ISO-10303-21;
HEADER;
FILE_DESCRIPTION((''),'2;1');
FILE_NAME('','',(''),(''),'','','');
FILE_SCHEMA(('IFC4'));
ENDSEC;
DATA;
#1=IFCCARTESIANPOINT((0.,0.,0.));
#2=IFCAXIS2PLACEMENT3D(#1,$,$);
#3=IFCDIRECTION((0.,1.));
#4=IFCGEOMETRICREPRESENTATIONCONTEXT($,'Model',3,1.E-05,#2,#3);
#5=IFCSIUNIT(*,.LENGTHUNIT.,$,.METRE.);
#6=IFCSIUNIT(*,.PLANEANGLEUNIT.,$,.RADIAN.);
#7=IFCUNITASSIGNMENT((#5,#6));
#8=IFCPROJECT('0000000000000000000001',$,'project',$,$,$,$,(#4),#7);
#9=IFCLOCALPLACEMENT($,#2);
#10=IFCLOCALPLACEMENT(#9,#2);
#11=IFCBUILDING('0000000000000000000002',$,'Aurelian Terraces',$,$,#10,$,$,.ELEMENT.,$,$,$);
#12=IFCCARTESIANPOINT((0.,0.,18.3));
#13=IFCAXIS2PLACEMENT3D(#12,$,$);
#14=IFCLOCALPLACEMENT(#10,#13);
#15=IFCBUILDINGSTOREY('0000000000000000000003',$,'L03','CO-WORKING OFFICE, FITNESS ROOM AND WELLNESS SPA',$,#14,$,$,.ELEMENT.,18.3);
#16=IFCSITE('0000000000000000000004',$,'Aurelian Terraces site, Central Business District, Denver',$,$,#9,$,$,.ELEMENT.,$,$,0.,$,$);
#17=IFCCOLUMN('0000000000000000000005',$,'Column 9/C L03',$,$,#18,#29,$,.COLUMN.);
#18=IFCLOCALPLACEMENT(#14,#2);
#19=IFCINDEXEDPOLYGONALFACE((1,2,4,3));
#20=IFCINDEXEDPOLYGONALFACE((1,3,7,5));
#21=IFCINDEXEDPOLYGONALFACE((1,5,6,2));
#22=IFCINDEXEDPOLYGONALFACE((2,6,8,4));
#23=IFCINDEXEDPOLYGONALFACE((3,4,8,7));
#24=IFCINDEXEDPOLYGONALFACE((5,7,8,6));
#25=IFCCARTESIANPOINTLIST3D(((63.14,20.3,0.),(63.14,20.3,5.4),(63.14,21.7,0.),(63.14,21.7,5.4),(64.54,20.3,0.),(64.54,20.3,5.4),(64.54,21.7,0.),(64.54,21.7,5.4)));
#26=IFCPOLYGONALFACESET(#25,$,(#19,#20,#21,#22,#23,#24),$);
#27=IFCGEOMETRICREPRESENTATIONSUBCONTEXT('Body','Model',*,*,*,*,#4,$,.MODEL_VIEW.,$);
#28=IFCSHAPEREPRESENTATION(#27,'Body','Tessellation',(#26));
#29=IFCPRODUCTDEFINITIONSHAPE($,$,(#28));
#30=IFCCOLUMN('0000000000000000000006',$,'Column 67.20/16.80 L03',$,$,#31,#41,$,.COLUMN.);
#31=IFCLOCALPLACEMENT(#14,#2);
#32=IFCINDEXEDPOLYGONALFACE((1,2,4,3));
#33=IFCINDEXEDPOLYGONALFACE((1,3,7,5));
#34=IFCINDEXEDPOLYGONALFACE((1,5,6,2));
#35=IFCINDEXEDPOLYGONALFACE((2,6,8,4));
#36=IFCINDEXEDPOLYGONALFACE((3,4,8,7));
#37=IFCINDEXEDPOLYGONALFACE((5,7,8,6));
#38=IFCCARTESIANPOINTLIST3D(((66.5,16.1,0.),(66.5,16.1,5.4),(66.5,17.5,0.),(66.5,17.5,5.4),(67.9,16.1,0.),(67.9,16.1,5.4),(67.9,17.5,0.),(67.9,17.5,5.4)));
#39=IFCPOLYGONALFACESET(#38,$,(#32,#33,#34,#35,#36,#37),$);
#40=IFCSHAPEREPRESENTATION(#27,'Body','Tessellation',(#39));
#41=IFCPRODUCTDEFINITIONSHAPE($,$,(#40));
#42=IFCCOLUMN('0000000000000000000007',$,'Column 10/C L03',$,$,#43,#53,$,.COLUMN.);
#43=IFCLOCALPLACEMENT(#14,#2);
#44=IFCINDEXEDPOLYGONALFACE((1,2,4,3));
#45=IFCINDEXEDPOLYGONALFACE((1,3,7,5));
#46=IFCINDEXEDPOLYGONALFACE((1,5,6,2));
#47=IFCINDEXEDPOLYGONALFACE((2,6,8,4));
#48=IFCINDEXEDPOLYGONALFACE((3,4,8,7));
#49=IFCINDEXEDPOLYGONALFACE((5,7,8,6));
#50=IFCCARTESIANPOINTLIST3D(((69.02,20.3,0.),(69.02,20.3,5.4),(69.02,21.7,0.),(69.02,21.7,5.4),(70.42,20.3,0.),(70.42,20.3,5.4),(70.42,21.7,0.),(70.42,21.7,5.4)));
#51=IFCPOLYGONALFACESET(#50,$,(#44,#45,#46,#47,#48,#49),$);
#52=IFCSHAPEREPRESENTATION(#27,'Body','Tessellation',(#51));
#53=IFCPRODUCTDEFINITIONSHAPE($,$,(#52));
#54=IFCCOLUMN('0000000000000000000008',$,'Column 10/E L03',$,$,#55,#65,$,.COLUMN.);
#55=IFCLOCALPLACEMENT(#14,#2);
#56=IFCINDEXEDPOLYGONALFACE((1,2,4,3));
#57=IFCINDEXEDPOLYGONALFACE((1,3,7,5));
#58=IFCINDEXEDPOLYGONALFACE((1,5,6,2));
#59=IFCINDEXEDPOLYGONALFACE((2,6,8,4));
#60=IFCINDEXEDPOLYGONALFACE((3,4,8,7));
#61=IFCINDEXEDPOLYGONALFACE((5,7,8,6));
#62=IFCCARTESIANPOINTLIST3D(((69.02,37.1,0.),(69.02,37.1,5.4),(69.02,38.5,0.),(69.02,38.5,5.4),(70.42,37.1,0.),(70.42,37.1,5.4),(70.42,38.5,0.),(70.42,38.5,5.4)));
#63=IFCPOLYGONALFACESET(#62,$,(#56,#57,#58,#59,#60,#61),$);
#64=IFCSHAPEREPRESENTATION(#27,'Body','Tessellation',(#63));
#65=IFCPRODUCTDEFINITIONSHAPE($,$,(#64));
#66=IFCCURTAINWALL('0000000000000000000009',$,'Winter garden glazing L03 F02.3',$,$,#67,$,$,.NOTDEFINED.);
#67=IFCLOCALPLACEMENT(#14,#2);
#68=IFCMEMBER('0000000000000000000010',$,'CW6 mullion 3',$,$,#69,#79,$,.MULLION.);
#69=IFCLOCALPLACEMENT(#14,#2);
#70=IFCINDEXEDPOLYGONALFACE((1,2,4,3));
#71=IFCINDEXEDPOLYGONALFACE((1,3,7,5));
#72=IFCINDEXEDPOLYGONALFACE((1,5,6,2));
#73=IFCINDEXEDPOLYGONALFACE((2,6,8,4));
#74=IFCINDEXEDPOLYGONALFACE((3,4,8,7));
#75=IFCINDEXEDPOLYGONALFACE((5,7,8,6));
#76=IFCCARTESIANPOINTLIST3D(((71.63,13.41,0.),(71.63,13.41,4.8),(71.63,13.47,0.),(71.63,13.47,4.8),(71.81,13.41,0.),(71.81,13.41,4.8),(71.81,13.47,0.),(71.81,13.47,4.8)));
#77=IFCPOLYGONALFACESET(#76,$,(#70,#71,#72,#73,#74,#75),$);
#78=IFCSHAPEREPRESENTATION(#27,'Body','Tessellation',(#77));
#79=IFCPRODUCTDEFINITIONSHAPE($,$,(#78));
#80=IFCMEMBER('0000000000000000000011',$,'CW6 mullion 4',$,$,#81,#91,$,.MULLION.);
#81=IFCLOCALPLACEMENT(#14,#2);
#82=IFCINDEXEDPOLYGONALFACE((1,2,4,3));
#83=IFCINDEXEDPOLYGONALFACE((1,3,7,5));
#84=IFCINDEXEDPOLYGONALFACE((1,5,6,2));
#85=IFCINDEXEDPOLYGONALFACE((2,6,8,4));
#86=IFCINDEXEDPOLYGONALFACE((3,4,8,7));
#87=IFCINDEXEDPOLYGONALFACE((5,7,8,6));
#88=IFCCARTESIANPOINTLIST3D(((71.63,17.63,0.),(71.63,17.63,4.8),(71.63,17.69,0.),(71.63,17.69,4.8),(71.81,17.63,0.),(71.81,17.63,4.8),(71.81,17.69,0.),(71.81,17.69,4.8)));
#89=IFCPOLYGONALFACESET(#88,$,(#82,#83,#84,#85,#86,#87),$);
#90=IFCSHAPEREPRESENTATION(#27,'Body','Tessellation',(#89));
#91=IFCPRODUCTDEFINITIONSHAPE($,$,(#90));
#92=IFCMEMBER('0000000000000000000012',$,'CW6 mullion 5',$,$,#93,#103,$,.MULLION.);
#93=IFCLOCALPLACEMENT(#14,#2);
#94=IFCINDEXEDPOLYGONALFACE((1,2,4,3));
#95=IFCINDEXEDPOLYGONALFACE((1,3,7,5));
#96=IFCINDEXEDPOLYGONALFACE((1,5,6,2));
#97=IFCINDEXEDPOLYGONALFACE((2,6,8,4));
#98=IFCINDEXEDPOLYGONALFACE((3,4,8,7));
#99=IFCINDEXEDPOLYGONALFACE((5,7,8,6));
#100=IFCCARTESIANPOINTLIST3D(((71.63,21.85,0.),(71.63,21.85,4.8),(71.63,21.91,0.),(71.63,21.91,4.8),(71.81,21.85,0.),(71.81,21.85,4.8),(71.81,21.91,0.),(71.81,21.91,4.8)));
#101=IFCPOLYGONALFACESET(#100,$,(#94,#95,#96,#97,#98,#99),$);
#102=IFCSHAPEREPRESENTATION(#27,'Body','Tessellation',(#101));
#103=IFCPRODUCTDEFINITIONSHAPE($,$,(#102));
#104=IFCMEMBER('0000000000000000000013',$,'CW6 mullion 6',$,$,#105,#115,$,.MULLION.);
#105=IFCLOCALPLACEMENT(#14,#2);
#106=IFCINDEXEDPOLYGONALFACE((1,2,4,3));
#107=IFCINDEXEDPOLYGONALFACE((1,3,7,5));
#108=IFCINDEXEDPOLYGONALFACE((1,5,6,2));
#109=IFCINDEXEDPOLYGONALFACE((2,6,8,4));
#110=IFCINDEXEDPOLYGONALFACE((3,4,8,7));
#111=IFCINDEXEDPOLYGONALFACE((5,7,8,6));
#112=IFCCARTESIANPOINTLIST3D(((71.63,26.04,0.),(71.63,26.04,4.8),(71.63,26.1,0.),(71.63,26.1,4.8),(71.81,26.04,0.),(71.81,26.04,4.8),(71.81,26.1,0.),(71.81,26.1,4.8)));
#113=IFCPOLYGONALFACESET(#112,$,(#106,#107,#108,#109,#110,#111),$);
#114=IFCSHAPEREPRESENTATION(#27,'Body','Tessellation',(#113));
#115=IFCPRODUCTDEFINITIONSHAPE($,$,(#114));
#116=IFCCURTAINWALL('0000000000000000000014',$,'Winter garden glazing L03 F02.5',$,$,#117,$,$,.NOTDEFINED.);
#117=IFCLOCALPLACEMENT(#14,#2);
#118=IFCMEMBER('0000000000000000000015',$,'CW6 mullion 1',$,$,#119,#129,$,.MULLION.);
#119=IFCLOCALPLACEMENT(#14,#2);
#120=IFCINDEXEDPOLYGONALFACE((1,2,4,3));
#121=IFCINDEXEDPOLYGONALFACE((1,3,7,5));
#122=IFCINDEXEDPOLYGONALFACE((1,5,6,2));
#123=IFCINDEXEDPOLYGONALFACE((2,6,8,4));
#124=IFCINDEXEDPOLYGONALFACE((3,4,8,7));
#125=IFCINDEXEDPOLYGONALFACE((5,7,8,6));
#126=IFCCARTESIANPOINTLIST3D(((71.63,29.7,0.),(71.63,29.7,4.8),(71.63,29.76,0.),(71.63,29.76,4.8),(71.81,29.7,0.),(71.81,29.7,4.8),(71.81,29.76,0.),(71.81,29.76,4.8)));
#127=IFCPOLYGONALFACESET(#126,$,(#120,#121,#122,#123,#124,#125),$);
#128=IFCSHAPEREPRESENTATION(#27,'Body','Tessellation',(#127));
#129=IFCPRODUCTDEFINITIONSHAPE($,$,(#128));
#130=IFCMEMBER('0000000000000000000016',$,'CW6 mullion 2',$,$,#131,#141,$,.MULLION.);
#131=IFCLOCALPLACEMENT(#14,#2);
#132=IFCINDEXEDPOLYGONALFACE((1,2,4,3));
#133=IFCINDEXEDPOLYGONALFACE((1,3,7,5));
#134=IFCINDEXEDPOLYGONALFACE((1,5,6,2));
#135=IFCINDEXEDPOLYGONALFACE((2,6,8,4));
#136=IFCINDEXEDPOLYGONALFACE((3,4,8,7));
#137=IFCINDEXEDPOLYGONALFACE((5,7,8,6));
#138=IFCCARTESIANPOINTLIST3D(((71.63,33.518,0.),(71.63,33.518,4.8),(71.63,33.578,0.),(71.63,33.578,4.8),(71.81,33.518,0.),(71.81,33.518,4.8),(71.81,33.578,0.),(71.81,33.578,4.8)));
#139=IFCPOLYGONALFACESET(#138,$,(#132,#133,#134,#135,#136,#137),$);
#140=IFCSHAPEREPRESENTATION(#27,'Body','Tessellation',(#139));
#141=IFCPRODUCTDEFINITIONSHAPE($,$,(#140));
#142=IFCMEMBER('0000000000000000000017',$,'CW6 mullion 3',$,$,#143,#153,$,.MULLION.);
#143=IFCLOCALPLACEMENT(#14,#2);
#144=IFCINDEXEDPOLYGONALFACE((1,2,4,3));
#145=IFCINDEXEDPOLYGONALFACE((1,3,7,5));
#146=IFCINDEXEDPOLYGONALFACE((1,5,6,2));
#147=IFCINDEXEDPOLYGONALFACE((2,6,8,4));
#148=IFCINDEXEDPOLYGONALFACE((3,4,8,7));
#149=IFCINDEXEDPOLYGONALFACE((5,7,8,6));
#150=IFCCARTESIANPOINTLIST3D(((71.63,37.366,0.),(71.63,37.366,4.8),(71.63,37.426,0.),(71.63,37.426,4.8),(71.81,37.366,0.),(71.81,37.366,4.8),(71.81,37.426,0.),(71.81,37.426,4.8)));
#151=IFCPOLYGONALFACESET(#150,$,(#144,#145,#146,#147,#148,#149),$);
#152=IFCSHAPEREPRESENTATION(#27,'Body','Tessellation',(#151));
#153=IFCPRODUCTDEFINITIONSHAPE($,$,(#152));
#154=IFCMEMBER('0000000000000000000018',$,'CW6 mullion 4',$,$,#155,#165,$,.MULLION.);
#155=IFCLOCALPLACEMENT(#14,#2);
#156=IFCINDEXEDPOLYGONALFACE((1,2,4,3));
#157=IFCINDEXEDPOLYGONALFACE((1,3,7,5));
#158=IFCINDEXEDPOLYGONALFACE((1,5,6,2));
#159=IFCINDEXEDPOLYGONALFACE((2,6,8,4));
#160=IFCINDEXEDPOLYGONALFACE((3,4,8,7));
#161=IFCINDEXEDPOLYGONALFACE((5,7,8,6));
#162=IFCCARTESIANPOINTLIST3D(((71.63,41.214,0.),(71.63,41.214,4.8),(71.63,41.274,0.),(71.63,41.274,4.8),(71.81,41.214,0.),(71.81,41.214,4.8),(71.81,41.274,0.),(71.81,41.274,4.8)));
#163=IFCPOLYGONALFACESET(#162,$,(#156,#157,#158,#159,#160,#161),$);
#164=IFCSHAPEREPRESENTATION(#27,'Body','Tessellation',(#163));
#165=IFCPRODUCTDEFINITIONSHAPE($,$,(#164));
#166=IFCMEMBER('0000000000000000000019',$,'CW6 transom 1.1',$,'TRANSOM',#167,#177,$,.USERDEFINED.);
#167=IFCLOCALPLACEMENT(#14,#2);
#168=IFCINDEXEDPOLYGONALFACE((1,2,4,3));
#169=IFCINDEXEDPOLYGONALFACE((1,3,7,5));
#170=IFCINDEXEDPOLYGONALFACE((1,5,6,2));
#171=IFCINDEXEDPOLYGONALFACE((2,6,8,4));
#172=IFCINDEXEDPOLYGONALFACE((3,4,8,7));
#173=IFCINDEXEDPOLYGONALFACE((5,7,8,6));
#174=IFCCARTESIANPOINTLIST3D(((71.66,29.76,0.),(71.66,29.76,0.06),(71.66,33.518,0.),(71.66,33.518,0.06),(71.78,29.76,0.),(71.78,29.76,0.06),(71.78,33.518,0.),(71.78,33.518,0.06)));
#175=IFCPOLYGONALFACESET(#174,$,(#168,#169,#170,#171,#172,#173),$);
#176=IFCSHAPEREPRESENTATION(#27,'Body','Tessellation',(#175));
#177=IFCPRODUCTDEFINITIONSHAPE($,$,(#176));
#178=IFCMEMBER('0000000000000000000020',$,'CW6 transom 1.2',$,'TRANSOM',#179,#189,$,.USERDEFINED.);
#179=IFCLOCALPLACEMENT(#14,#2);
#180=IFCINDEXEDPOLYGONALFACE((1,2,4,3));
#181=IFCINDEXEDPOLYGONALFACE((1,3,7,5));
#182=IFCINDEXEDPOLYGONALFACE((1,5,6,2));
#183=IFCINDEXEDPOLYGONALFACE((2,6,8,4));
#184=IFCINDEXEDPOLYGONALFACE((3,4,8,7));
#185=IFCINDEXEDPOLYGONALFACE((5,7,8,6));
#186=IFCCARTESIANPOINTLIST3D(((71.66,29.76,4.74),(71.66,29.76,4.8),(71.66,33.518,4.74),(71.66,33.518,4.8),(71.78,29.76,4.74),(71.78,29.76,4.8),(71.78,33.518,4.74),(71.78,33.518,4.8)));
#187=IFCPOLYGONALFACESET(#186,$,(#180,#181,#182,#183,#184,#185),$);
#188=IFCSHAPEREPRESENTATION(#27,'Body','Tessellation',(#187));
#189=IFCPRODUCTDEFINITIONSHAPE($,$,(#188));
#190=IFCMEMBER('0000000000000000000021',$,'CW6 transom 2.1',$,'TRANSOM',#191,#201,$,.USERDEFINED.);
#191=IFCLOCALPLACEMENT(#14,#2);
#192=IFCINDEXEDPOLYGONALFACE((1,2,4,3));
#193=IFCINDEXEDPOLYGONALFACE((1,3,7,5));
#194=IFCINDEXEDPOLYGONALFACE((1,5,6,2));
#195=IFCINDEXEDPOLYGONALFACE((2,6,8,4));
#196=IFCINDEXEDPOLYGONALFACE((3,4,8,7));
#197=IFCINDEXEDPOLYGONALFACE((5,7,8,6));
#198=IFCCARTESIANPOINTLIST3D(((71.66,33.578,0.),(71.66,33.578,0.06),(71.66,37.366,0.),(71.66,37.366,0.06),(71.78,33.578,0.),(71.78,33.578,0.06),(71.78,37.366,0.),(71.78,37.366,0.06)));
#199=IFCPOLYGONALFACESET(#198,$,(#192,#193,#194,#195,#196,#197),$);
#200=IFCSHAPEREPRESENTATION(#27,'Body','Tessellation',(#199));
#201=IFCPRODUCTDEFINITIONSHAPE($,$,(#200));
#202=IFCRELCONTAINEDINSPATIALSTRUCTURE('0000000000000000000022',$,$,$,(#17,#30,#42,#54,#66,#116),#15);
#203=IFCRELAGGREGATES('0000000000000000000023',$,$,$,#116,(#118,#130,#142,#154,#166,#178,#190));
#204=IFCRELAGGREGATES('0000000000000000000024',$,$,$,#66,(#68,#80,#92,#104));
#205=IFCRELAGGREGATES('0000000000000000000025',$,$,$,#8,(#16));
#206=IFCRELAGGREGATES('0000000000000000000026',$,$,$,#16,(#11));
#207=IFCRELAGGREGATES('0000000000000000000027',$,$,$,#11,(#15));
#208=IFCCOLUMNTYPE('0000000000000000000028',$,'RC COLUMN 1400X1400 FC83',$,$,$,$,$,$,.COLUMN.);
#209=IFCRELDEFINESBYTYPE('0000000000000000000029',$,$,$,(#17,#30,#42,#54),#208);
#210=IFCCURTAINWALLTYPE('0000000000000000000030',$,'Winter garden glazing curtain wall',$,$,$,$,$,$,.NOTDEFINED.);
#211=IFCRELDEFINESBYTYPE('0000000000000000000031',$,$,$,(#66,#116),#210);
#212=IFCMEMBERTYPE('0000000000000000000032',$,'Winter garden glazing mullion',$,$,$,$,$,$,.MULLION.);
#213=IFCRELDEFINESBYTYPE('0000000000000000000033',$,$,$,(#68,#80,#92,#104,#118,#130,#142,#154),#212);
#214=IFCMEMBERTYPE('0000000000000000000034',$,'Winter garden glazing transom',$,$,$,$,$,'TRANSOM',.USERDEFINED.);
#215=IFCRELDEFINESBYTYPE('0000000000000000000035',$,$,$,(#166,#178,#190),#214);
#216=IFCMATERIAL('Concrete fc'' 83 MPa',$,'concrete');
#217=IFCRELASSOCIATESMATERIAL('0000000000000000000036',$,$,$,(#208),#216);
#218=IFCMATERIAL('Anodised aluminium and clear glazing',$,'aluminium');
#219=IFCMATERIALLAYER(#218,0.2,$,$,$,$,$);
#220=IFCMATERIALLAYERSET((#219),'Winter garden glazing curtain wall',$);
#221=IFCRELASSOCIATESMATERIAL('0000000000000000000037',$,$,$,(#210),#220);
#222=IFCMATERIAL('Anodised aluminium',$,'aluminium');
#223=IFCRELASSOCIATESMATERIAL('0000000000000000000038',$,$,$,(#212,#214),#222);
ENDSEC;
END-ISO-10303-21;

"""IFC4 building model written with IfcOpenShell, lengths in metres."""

from ifc_helpers import new_model, si_unit, direction, frame, origin, origin_2d, place, context, subcontext, project, spatial, rectangle, extrude, source, transform, mapped, material, layer, layer_set, material_profile, profile_set, type_object, element, aggregate, save


model = new_model("IFC4")

# Units and contexts
model_context = context("Model", 3, precision=1e-05, world=origin(), true_north=direction((0.0, 1.0)))
body_context = subcontext(model_context, "Body", "Model", "MODEL_VIEW")
ifc_project = project(units=[si_unit("LENGTHUNIT", "METRE"), si_unit("PLANEANGLEUNIT", "RADIAN")], contexts=[model_context])

# Site, building, storey
site_placement = place(None, origin())
site = spatial("IfcSite", under=ifc_project, at=site_placement, Name="Aurelian Terraces site, Central Business District, Denver", CompositionType="ELEMENT", RefElevation=0.0)
building_placement = place(site_placement, origin())
building = spatial("IfcBuilding", under=site, at=building_placement, Name="Aurelian Terraces", CompositionType="ELEMENT")
storey_placement = place(building_placement, frame((0.0, 0.0, 18.3)))
storey = spatial("IfcBuildingStorey", under=building, at=storey_placement, Name="L03", Description="CO-WORKING OFFICE, FITNESS ROOM AND WELLNESS SPA", CompositionType="ELEMENT", Elevation=18.3)

# Columns
ifc_material_1 = material(Name="Concrete fc' 83 MPa", Category="concrete")
ifc_material_profile_1 = material_profile(ifc_material_1, rectangle(XDim=1.4, YDim=1.4, at=origin_2d()))
ifc_profile_set_1 = profile_set([ifc_material_profile_1], Name="Concrete fc' 83 MPa")
column_type = type_object("IfcColumnType", Name="RC COLUMN 1400X1400 FC83", PredefinedType="COLUMN", material=ifc_profile_set_1)
shared_shape_1 = source(origin(), body_context, "Body", "SweptSolid", [
    extrude(rectangle(XDim=1.4, YDim=1.4, at=origin_2d()), origin(), (0.0, 0.0, 1.0), 5.4),
])
for number, where, z_axis, x_axis, name in (
    (1, (63.84, 21.0, 0.0), (0.0, 0.0, 1.0), (1.0, 0.0, 0.0), "Column 9/C L03"),
    (2, (67.2, 16.8, 0.0), (0.0, 0.0, 1.0), (1.0, 0.0, 0.0), "Column 67.20/16.80 L03"),
    (3, (69.72, 21.0, 0.0), (0.0, 0.0, 1.0), (1.0, 0.0, 0.0), "Column 10/C L03"),
    (4, (69.72, 37.8, 0.0), (0.0, 0.0, 1.0), (1.0, 0.0, 0.0), "Column 10/E L03"),
):
    element("IfcColumn", number, at=place(storey_placement, frame(where, z_axis=z_axis, x_axis=x_axis)), inside=storey, type_object=column_type, Name=name, PredefinedType="COLUMN", context=body_context, shape_type="MappedRepresentation", body=[
        mapped(shared_shape_1, transform((0.0, 0.0, 0.0), scale=1.0)),
    ])

# Curtain walls, members
ifc_material_2 = material(Name="Anodised aluminium and clear glazing", Category="aluminium")
ifc_layer_1 = layer(ifc_material_2, 0.2)
ifc_layer_set_1 = layer_set([ifc_layer_1], Name="Winter garden glazing curtain wall")
curtain_wall_type = type_object("IfcCurtainWallType", Name="Winter garden glazing curtain wall", PredefinedType="NOTDEFINED", material=ifc_layer_set_1)
curtain_wall_1_placement = place(storey_placement, origin())
curtain_wall_1 = element("IfcCurtainWall", 5, at=curtain_wall_1_placement, inside=storey, type_object=curtain_wall_type, Name="Winter garden glazing L03 F02.3", PredefinedType="NOTDEFINED")
ifc_material_3 = material(Name="Anodised aluminium", Category="aluminium")
ifc_material_profile_2 = material_profile(ifc_material_3, rectangle(XDim=0.18, YDim=0.06, at=origin_2d()))
ifc_profile_set_2 = profile_set([ifc_material_profile_2], Name="Anodised aluminium")
member_type_1 = type_object("IfcMemberType", Name="Winter garden glazing mullion", PredefinedType="MULLION", material=ifc_profile_set_2)
shared_shape_2 = source(origin(), body_context, "Body", "SweptSolid", [
    extrude(rectangle(XDim=0.18, YDim=0.06, at=origin_2d()), origin(), (0.0, 0.0, 1.0), 4.8),
])
member_1_placement = place(storey_placement, frame((71.72, 13.44, 0.0), z_axis=(0.0, 0.0, 1.0), x_axis=(-1.0, 0.0, 0.0)))
member_1 = element("IfcMember", 6, at=member_1_placement, type_object=member_type_1, Name="CW6 mullion 3", PredefinedType="MULLION", context=body_context, shape_type="MappedRepresentation", body=[
    mapped(shared_shape_2, transform((0.0, 0.0, 0.0), scale=1.0)),
])
member_2_placement = place(storey_placement, frame((71.72, 17.66, 0.0), z_axis=(0.0, 0.0, 1.0), x_axis=(-1.0, 0.0, 0.0)))
member_2 = element("IfcMember", 7, at=member_2_placement, type_object=member_type_1, Name="CW6 mullion 4", PredefinedType="MULLION", context=body_context, shape_type="MappedRepresentation", body=[
    mapped(shared_shape_2, transform((0.0, 0.0, 0.0), scale=1.0)),
])
member_3_placement = place(storey_placement, frame((71.72, 21.88, 0.0), z_axis=(0.0, 0.0, 1.0), x_axis=(-1.0, 0.0, 0.0)))
member_3 = element("IfcMember", 8, at=member_3_placement, type_object=member_type_1, Name="CW6 mullion 5", PredefinedType="MULLION", context=body_context, shape_type="MappedRepresentation", body=[
    mapped(shared_shape_2, transform((0.0, 0.0, 0.0), scale=1.0)),
])
member_4_placement = place(storey_placement, frame((71.72, 26.07, 0.0), z_axis=(0.0, 0.0, 1.0), x_axis=(-1.0, 0.0, 0.0)))
member_4 = element("IfcMember", 9, at=member_4_placement, type_object=member_type_1, Name="CW6 mullion 6", PredefinedType="MULLION", context=body_context, shape_type="MappedRepresentation", body=[
    mapped(shared_shape_2, transform((0.0, 0.0, 0.0), scale=1.0)),
])
curtain_wall_2_placement = place(storey_placement, origin())
curtain_wall_2 = element("IfcCurtainWall", 10, at=curtain_wall_2_placement, inside=storey, type_object=curtain_wall_type, Name="Winter garden glazing L03 F02.5", PredefinedType="NOTDEFINED")
member_5_placement = place(storey_placement, frame((71.72, 29.73, 0.0), z_axis=(0.0, 0.0, 1.0), x_axis=(-1.0, 0.0, 0.0)))
member_5 = element("IfcMember", 11, at=member_5_placement, type_object=member_type_1, Name="CW6 mullion 1", PredefinedType="MULLION", context=body_context, shape_type="MappedRepresentation", body=[
    mapped(shared_shape_2, transform((0.0, 0.0, 0.0), scale=1.0)),
])
member_6_placement = place(storey_placement, frame((71.72, 33.548, 0.0), z_axis=(0.0, 0.0, 1.0), x_axis=(-1.0, 0.0, 0.0)))
member_6 = element("IfcMember", 12, at=member_6_placement, type_object=member_type_1, Name="CW6 mullion 2", PredefinedType="MULLION", context=body_context, shape_type="MappedRepresentation", body=[
    mapped(shared_shape_2, transform((0.0, 0.0, 0.0), scale=1.0)),
])
member_7_placement = place(storey_placement, frame((71.72, 37.396, 0.0), z_axis=(0.0, 0.0, 1.0), x_axis=(-1.0, 0.0, 0.0)))
member_7 = element("IfcMember", 13, at=member_7_placement, type_object=member_type_1, Name="CW6 mullion 3", PredefinedType="MULLION", context=body_context, shape_type="MappedRepresentation", body=[
    mapped(shared_shape_2, transform((0.0, 0.0, 0.0), scale=1.0)),
])
member_8_placement = place(storey_placement, frame((71.72, 41.244, 0.0), z_axis=(0.0, 0.0, 1.0), x_axis=(-1.0, 0.0, 0.0)))
member_8 = element("IfcMember", 14, at=member_8_placement, type_object=member_type_1, Name="CW6 mullion 4", PredefinedType="MULLION", context=body_context, shape_type="MappedRepresentation", body=[
    mapped(shared_shape_2, transform((0.0, 0.0, 0.0), scale=1.0)),
])
ifc_material_profile_3 = material_profile(ifc_material_3, rectangle(XDim=0.12, YDim=0.06, at=origin_2d()))
ifc_profile_set_3 = profile_set([ifc_material_profile_3], Name="Anodised aluminium")
member_type_2 = type_object("IfcMemberType", Name="Winter garden glazing transom", ElementType="TRANSOM", PredefinedType="USERDEFINED", material=ifc_profile_set_3)
shared_shape_3 = source(origin(), body_context, "Body", "SweptSolid", [
    extrude(rectangle(XDim=0.12, YDim=0.06, at=origin_2d()), origin(), (0.0, 0.0, 1.0), 3.758),
])
member_9_placement = place(storey_placement, frame((71.72, 29.76, 0.03), z_axis=(0.0, 1.0, 0.0), x_axis=(-1.0, 0.0, 0.0)))
member_9 = element("IfcMember", 15, at=member_9_placement, type_object=member_type_2, Name="CW6 transom 1.1", ObjectType="TRANSOM", PredefinedType="USERDEFINED", context=body_context, shape_type="MappedRepresentation", body=[
    mapped(shared_shape_3, transform((0.0, 0.0, 0.0), scale=1.0)),
])
member_10_placement = place(storey_placement, frame((71.72, 29.76, 4.77), z_axis=(0.0, 1.0, 0.0), x_axis=(-1.0, 0.0, 0.0)))
member_10 = element("IfcMember", 16, at=member_10_placement, type_object=member_type_2, Name="CW6 transom 1.2", ObjectType="TRANSOM", PredefinedType="USERDEFINED", context=body_context, shape_type="MappedRepresentation", body=[
    mapped(shared_shape_3, transform((0.0, 0.0, 0.0), scale=1.0)),
])
shared_shape_4 = source(origin(), body_context, "Body", "SweptSolid", [
    extrude(rectangle(XDim=0.12, YDim=0.06, at=origin_2d()), origin(), (0.0, 0.0, 1.0), 3.788),
])
member_11_placement = place(storey_placement, frame((71.72, 33.578, 0.03), z_axis=(0.0, 1.0, 0.0), x_axis=(-1.0, 0.0, 0.0)))
member_11 = element("IfcMember", 17, at=member_11_placement, type_object=member_type_2, Name="CW6 transom 2.1", ObjectType="TRANSOM", PredefinedType="USERDEFINED", context=body_context, shape_type="MappedRepresentation", body=[
    mapped(shared_shape_4, transform((0.0, 0.0, 0.0), scale=1.0)),
])

aggregate(curtain_wall_2, [member_5, member_6, member_7, member_8, member_9, member_10, member_11])
aggregate(curtain_wall_1, [member_1, member_2, member_3, member_4])

save(model, "model.ifc")
